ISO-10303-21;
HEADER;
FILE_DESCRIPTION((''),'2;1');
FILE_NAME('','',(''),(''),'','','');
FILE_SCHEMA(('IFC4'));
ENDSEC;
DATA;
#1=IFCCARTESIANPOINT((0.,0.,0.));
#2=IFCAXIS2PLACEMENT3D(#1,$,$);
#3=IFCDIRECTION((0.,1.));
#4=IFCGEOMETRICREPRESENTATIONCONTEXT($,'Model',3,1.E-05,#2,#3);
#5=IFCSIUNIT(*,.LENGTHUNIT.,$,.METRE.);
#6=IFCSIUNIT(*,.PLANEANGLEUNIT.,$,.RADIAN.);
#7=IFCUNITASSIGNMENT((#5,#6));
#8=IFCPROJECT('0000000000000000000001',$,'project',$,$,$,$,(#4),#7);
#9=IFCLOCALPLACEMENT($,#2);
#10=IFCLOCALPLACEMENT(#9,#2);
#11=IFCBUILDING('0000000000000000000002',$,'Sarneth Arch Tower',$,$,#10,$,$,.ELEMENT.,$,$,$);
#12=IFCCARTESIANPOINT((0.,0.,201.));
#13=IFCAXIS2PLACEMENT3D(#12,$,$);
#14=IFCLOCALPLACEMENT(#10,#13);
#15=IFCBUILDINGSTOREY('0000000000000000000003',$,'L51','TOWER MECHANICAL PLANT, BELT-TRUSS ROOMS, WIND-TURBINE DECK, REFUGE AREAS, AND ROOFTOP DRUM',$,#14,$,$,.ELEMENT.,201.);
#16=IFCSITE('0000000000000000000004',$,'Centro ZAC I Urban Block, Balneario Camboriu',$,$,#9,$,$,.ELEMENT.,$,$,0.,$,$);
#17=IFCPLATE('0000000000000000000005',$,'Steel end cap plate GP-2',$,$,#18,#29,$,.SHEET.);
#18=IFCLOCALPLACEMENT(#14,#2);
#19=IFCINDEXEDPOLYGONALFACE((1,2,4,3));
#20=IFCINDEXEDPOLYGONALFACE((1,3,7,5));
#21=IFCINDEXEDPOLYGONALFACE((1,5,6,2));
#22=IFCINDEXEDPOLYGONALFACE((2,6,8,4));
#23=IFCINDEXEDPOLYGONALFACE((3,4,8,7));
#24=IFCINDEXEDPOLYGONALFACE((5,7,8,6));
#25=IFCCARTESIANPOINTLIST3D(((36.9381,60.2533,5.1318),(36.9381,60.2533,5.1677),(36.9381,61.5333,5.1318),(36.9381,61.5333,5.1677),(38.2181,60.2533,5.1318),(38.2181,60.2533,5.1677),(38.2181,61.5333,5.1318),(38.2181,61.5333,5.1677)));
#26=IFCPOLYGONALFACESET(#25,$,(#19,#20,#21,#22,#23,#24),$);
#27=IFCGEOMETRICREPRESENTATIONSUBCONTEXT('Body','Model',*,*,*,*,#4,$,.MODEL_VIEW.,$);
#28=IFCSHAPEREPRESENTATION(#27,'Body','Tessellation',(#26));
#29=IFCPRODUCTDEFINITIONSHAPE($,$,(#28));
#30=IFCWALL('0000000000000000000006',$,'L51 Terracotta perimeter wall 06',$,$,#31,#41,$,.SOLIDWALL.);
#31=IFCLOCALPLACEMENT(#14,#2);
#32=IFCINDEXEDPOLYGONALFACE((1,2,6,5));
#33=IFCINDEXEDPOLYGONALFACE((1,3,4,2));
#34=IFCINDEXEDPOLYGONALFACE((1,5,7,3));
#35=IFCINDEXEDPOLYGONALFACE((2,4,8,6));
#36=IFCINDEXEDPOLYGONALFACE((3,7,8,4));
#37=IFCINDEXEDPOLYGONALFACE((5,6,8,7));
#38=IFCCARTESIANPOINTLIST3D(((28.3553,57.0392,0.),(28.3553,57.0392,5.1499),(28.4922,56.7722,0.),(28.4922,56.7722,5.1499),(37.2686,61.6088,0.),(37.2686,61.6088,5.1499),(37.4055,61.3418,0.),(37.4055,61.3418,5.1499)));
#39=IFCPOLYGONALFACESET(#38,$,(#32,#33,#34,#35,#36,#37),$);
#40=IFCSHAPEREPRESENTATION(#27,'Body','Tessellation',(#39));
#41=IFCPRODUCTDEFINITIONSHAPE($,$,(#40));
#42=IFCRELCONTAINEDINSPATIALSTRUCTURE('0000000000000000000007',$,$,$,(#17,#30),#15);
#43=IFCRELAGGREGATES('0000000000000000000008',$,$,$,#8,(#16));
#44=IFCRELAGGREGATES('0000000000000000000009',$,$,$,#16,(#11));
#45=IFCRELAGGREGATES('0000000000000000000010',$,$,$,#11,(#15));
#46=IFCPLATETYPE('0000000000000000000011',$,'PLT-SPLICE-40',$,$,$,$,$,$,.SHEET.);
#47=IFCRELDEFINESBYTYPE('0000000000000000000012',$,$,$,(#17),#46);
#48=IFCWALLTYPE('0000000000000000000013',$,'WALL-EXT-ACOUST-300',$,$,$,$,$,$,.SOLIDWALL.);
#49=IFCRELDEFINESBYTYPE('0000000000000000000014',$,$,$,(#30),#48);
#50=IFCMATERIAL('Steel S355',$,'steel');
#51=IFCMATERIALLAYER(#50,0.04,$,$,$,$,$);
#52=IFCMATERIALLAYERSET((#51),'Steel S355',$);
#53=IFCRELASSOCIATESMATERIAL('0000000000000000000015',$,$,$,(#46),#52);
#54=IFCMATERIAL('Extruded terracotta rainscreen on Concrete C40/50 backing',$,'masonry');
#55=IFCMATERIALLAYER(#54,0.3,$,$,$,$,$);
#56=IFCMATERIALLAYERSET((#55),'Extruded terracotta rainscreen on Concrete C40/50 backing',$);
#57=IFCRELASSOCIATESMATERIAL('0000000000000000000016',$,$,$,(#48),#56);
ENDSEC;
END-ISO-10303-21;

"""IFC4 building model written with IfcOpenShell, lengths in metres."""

from ifc_helpers import new_model, si_unit, direction, frame, frame_2d, origin, origin_2d, place, context, subcontext, project, spatial, rectangle, extrude, material, layer, layer_set, type_object, element, save


model = new_model("IFC4")

# Units and contexts
model_context = context("Model", 3, precision=1e-05, world=origin(), true_north=direction((0.0, 1.0)))
body_context = subcontext(model_context, "Body", "Model", "MODEL_VIEW")
ifc_project = project(units=[si_unit("LENGTHUNIT", "METRE"), si_unit("PLANEANGLEUNIT", "RADIAN")], contexts=[model_context])

# Site, building, storey
site_placement = place(None, origin())
site = spatial("IfcSite", under=ifc_project, at=site_placement, Name="Centro ZAC I Urban Block, Balneario Camboriu", CompositionType="ELEMENT", RefElevation=0.0)
building_placement = place(site_placement, origin())
building = spatial("IfcBuilding", under=site, at=building_placement, Name="Sarneth Arch Tower", CompositionType="ELEMENT")
storey_placement = place(building_placement, frame((0.0, 0.0, 201.0)))
storey = spatial("IfcBuildingStorey", under=building, at=storey_placement, Name="L51", Description="TOWER MECHANICAL PLANT, BELT-TRUSS ROOMS, WIND-TURBINE DECK, REFUGE AREAS, AND ROOFTOP DRUM", CompositionType="ELEMENT", Elevation=201.0)

# Plate
ifc_material_1 = material(Name="Steel S355", Category="steel")
ifc_layer_1 = layer(ifc_material_1, 0.04)
ifc_layer_set_1 = layer_set([ifc_layer_1], Name="Steel S355")
plate_type_1 = type_object("IfcPlateType", Name="PLT-SPLICE-40", PredefinedType="SHEET", material=ifc_layer_set_1)
plate_1_placement = place(storey_placement, frame((37.5781, 60.8933, 5.1318), z_axis=(0.0, 0.0, 1.0), x_axis=(1.0, 0.0, 0.0)))
element("IfcPlate", 1, at=plate_1_placement, inside=storey, type_object=plate_type_1, Name="Steel end cap plate GP-2", PredefinedType="SHEET", context=body_context, shape_type="SweptSolid", body=[
    extrude(rectangle(XDim=1.28, YDim=1.28, at=origin_2d()), origin(), (0.0, 0.0, 1.0), 0.0359),
])

# Wall
ifc_material_2 = material(Name="Extruded terracotta rainscreen on Concrete C40/50 backing", Category="masonry")
ifc_layer_2 = layer(ifc_material_2, 0.3)
ifc_layer_set_2 = layer_set([ifc_layer_2], Name="Extruded terracotta rainscreen on Concrete C40/50 backing")
wall_type = type_object("IfcWallType", Name="WALL-EXT-ACOUST-300", PredefinedType="SOLIDWALL", material=ifc_layer_set_2)
wall_placement = place(storey_placement, frame((37.3372, 61.4753, 0.0), z_axis=(0.0, 0.0, 1.0), x_axis=(-0.889873, -0.456209, 0.0)))
element("IfcWall", 2, at=wall_placement, inside=storey, type_object=wall_type, Name="L51 Terracotta perimeter wall 06", PredefinedType="SOLIDWALL", context=body_context, shape_type="SweptSolid", body=[
    extrude(rectangle(XDim=10.0164, YDim=0.3, at=frame_2d((5.0083, 0.0))), origin(), (0.0, 0.0, 1.0), 5.1499),
])

save(model, "model.ifc")
